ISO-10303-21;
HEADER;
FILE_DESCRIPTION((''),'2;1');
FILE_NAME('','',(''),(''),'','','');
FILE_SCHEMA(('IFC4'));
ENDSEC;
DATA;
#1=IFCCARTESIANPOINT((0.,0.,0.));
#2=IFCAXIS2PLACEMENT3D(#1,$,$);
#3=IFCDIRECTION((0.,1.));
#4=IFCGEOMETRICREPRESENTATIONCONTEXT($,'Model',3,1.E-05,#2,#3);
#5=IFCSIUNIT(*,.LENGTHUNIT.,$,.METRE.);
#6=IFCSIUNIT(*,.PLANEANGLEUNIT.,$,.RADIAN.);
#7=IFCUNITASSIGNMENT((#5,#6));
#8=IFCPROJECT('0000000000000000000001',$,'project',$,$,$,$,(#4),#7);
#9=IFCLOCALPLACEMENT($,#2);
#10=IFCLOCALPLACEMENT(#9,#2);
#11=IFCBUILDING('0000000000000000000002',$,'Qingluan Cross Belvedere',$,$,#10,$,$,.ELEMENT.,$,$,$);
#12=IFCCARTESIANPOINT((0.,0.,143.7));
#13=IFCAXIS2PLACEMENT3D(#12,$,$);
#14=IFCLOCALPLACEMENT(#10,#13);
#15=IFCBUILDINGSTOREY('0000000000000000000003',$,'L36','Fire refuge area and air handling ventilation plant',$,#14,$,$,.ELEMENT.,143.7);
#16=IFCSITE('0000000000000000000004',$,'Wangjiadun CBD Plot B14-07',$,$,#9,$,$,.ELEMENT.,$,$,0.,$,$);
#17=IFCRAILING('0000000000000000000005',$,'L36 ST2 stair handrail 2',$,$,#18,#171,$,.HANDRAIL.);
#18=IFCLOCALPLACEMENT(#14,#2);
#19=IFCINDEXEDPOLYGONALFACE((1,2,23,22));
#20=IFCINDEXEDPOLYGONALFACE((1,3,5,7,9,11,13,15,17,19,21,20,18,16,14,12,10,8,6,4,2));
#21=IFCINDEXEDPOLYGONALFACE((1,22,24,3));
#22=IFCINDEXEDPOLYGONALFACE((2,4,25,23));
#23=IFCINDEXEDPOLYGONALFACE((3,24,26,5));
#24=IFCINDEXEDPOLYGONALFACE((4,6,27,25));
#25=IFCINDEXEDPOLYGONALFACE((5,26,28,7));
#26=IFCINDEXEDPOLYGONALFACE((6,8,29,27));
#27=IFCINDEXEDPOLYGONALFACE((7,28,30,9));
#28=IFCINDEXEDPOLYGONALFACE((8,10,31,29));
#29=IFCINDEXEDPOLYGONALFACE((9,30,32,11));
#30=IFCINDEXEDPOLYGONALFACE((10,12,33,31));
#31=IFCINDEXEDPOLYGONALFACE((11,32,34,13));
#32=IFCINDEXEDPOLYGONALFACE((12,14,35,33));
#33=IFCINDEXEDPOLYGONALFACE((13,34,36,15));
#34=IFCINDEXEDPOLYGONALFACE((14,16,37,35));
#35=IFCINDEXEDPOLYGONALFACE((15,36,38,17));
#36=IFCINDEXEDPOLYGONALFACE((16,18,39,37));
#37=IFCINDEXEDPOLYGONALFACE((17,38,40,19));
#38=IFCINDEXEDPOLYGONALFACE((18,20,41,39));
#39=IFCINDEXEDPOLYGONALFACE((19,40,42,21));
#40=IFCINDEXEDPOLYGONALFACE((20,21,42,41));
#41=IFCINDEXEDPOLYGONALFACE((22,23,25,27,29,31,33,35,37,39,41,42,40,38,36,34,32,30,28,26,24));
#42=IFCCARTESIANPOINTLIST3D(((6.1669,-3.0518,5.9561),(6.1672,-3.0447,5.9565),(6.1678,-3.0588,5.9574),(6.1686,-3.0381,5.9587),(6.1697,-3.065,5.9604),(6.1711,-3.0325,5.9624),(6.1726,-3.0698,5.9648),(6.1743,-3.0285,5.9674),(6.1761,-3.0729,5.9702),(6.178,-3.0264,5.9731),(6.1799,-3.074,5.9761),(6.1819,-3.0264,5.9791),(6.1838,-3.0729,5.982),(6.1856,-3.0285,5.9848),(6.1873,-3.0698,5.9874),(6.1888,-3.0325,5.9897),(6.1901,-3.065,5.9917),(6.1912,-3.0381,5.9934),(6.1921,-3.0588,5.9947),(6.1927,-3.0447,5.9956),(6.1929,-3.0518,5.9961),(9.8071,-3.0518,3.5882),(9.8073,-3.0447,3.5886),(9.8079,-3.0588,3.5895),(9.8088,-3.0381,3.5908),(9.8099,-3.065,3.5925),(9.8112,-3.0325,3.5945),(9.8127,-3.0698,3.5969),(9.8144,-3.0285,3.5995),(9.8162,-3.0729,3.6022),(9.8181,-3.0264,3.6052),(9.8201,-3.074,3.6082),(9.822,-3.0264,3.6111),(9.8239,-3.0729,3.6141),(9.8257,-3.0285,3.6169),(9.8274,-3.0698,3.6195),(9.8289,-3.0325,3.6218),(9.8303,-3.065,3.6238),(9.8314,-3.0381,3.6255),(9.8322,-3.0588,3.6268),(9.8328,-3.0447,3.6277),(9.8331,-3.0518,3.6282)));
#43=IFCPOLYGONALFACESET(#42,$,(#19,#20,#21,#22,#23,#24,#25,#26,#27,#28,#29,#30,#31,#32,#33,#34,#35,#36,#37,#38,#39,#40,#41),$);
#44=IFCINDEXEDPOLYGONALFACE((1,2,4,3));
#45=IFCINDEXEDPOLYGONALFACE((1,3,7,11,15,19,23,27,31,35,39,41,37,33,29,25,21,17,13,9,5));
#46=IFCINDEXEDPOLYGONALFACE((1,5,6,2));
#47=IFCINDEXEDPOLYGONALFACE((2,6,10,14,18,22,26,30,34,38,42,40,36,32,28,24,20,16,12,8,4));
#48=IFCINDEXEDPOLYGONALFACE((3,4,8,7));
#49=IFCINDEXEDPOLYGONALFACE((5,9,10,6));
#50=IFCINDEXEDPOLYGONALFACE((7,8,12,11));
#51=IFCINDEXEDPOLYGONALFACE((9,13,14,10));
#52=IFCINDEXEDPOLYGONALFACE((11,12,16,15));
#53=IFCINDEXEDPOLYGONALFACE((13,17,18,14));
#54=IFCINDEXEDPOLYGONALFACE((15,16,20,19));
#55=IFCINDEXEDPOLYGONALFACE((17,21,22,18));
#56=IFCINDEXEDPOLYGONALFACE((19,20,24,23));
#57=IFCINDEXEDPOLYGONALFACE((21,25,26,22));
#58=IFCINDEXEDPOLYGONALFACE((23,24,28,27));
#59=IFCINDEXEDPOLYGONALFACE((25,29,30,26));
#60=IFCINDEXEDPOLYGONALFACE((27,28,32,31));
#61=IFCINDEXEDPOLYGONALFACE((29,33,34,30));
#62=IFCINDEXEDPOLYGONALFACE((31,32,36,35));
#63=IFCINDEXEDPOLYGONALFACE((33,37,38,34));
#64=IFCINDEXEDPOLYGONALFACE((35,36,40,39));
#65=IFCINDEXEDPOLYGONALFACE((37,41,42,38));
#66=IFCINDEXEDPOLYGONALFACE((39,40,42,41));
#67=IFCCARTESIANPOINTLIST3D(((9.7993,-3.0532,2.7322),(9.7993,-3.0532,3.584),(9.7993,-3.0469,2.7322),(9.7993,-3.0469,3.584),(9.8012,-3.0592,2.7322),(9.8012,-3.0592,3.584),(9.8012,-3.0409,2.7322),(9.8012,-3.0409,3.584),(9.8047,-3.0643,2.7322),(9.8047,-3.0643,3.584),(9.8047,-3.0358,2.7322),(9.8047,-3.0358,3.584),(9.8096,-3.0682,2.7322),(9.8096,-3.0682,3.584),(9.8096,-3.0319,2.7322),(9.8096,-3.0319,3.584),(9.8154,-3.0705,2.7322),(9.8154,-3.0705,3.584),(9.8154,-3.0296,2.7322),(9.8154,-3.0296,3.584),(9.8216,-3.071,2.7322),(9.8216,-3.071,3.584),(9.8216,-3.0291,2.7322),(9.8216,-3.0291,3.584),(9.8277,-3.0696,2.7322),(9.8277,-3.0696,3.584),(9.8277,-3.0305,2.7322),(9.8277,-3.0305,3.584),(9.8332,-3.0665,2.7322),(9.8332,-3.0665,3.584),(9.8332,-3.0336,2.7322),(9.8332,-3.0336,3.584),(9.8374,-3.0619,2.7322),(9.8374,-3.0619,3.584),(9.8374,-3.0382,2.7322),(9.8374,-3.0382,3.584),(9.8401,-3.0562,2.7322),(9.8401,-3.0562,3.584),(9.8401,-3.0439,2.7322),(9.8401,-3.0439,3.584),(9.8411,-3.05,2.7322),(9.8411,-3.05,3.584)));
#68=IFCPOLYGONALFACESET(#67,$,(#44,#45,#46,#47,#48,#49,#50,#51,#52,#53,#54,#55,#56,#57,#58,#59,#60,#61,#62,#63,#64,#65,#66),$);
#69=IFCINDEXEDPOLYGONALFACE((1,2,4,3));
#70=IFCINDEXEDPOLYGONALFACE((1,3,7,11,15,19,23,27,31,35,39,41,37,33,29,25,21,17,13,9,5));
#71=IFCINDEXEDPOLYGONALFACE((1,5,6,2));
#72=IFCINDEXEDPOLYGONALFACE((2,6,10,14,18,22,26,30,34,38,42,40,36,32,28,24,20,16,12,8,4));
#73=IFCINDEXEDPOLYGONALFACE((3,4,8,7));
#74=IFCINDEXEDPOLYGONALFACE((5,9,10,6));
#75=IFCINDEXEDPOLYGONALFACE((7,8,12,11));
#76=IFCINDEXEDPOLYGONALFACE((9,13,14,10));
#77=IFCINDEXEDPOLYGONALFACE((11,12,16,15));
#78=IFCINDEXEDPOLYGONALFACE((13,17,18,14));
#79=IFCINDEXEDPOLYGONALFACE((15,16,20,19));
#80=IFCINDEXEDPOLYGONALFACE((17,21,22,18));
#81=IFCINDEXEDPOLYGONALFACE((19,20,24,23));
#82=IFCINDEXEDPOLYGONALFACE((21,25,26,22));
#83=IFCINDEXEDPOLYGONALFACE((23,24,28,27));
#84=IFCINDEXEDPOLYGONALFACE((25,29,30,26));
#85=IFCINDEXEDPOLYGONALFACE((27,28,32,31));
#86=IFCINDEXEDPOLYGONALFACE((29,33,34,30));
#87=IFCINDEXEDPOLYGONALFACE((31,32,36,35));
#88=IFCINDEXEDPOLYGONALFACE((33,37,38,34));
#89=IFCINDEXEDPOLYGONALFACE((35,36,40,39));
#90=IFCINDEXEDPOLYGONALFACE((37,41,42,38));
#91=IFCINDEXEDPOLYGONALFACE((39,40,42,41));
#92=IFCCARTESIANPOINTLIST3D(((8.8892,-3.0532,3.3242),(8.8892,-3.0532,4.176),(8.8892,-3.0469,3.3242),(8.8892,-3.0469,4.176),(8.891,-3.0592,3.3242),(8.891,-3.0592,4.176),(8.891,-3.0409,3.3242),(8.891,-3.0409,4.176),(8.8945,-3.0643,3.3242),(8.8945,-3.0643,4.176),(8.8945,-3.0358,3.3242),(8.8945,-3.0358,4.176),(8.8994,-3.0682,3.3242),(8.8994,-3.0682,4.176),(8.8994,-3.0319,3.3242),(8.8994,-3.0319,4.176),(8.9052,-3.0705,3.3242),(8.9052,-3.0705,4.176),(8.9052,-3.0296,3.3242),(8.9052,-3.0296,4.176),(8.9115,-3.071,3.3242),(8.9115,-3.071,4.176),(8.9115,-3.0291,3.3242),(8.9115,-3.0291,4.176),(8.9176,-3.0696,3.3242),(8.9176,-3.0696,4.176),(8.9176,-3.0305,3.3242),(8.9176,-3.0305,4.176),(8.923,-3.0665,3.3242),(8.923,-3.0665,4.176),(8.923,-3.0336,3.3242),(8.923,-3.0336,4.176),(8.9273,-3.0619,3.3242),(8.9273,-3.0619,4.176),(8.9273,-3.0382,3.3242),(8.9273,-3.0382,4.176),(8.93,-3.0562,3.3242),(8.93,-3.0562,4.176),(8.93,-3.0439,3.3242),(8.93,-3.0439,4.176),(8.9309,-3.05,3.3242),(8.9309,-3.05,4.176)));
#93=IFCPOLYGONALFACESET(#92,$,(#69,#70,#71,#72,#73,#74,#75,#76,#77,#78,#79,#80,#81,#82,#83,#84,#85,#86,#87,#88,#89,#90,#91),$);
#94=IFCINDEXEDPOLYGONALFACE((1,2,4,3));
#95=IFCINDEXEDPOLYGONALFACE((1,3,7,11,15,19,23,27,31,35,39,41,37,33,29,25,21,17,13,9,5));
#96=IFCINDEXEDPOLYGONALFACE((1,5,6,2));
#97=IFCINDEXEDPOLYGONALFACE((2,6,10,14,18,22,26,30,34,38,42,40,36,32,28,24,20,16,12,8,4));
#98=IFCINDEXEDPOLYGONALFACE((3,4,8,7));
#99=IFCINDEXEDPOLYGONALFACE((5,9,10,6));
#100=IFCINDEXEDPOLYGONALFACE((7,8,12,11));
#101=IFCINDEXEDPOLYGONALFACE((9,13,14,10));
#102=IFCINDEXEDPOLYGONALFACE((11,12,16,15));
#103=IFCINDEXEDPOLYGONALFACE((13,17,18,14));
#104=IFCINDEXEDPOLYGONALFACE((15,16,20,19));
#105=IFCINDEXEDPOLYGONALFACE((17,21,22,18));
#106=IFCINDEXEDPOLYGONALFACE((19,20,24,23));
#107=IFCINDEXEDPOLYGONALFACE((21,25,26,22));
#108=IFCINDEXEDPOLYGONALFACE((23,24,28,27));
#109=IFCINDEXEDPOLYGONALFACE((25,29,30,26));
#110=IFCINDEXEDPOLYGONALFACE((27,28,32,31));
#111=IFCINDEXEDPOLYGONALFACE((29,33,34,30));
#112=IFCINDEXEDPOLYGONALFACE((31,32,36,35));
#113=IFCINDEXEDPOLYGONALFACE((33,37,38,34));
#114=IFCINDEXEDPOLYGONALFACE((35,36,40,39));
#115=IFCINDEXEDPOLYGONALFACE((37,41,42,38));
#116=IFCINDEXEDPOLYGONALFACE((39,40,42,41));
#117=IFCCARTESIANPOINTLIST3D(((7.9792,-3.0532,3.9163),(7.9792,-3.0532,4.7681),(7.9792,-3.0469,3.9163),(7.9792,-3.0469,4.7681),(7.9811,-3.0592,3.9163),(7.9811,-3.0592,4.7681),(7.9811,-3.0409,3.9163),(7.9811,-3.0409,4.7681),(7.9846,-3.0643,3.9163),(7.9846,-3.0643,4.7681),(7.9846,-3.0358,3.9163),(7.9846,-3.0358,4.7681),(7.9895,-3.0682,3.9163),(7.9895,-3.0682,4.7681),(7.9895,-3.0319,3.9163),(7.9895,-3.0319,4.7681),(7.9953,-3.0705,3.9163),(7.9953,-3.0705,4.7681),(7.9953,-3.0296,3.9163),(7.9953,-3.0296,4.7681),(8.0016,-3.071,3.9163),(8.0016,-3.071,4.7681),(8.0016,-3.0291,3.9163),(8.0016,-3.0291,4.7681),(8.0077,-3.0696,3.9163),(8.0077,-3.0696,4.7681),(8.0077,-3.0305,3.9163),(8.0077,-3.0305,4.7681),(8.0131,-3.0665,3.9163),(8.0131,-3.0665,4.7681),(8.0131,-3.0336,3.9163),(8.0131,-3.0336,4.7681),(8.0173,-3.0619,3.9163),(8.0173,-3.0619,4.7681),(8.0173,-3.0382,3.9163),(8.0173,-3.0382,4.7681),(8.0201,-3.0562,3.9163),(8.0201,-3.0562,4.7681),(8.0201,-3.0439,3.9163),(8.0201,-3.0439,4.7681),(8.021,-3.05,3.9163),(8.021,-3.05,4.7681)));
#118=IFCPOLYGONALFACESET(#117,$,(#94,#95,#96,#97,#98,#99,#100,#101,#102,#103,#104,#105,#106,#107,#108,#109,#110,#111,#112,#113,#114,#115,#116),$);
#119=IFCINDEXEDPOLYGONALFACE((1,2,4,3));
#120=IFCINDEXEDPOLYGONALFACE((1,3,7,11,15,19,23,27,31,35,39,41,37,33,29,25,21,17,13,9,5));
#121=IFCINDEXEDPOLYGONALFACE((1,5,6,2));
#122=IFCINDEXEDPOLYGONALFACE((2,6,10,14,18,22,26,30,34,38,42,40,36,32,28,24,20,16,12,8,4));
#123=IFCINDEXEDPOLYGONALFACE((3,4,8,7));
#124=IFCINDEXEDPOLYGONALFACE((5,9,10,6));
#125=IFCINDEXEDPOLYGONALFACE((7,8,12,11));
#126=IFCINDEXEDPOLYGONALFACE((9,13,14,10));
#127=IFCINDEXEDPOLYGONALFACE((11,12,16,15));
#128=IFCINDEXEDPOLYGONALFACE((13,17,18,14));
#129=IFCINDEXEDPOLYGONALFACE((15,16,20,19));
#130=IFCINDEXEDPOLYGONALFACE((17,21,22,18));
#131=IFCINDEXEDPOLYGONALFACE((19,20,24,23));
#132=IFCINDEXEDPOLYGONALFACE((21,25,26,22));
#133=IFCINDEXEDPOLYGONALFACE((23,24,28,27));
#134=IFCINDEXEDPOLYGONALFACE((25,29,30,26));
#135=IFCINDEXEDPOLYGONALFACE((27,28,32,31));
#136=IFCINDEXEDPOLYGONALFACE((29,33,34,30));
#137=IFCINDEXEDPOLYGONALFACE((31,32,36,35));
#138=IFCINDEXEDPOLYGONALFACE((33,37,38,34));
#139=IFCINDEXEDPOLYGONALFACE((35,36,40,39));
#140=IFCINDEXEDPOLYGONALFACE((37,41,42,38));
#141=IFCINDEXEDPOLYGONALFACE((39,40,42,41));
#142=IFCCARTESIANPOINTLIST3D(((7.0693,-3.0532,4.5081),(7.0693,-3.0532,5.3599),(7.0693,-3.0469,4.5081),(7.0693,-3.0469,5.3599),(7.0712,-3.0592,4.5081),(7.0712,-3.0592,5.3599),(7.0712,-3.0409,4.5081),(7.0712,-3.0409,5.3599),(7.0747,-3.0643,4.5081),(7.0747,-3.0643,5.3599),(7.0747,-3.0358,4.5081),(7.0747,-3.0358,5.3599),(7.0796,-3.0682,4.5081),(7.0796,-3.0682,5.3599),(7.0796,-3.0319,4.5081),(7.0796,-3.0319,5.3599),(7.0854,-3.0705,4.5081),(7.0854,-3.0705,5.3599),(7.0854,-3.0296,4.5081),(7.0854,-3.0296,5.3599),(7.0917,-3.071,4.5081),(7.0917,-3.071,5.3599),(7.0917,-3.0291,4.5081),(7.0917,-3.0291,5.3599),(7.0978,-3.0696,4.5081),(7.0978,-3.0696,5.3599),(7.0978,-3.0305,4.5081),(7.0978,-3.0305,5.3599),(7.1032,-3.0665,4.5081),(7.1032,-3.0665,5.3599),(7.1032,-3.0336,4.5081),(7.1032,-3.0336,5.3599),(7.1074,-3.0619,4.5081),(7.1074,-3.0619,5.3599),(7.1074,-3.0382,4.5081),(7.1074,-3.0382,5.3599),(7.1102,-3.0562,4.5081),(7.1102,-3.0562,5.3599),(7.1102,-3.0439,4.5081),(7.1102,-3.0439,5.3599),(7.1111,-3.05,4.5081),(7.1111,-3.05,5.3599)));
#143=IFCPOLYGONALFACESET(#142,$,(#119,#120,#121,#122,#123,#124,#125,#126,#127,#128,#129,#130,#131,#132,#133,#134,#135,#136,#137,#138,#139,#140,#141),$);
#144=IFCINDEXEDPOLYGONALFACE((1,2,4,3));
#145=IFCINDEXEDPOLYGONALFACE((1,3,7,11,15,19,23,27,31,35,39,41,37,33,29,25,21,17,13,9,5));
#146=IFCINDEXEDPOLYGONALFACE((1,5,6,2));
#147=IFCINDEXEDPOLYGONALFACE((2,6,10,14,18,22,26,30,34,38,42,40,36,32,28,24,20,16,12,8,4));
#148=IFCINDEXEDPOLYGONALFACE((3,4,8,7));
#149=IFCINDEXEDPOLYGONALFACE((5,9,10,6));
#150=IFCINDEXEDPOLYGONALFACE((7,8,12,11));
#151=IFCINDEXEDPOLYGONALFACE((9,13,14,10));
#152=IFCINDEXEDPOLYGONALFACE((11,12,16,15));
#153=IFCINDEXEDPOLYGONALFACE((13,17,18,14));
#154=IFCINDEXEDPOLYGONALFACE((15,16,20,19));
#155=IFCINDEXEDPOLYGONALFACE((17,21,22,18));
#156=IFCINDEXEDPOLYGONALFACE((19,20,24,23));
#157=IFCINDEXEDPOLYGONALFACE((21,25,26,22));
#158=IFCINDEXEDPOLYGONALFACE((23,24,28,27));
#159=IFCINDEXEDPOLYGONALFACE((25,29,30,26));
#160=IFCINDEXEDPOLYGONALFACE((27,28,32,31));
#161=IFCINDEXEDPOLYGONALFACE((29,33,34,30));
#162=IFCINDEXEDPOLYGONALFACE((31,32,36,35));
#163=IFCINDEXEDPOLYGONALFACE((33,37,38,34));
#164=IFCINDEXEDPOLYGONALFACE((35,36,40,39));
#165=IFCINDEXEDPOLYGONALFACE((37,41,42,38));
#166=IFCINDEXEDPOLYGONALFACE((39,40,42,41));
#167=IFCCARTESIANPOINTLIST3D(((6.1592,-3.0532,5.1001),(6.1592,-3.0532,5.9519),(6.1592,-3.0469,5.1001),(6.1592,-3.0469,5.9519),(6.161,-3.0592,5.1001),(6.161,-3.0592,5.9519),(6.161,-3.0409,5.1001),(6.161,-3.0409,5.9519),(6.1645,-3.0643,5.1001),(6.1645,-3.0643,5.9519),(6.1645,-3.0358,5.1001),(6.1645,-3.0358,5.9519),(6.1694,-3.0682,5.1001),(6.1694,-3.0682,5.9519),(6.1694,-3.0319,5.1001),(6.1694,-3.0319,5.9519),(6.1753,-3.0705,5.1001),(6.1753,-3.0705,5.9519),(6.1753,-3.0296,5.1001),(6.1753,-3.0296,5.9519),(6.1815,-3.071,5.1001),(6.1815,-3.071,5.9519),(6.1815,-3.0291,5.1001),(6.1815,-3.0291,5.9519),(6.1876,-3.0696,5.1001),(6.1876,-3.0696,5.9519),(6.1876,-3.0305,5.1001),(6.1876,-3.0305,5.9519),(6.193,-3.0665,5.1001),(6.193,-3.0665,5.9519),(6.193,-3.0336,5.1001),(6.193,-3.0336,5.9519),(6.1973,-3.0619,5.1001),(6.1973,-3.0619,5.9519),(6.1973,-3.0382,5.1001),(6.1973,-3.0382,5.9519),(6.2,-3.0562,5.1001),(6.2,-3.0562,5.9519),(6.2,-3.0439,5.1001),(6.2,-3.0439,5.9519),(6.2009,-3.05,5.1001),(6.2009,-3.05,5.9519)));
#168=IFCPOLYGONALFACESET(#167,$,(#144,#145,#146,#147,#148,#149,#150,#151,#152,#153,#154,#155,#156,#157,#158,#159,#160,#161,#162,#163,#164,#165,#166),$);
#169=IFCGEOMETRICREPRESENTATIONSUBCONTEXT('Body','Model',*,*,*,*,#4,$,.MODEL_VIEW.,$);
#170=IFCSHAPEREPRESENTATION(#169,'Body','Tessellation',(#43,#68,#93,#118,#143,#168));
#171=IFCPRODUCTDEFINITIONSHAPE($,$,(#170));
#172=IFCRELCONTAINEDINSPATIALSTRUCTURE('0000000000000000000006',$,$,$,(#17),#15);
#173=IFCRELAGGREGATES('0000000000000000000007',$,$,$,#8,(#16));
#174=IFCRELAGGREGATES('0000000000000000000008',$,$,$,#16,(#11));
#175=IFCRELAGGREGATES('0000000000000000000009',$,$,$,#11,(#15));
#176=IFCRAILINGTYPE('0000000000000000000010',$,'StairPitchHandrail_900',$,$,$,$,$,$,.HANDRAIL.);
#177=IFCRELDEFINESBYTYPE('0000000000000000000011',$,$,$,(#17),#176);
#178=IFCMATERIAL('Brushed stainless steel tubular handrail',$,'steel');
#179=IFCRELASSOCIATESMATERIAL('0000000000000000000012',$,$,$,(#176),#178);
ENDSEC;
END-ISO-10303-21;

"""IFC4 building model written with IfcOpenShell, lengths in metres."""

from ifc_helpers import new_model, si_unit, direction, frame, origin, origin_2d, place, context, subcontext, project, spatial, circle, extrude, material, type_object, element, save


model = new_model("IFC4")

# Units and contexts
model_context = context("Model", 3, precision=1e-05, world=origin(), true_north=direction((0.0, 1.0)))
body_context = subcontext(model_context, "Body", "Model", "MODEL_VIEW")
ifc_project = project(units=[si_unit("LENGTHUNIT", "METRE"), si_unit("PLANEANGLEUNIT", "RADIAN")], contexts=[model_context])

# Site, building, storey
site_placement = place(None, origin())
site = spatial("IfcSite", under=ifc_project, at=site_placement, Name="Wangjiadun CBD Plot B14-07", CompositionType="ELEMENT", RefElevation=0.0)
building_placement = place(site_placement, origin())
building = spatial("IfcBuilding", under=site, at=building_placement, Name="Qingluan Cross Belvedere", CompositionType="ELEMENT")
storey_placement = place(building_placement, frame((0.0, 0.0, 143.7)))
storey = spatial("IfcBuildingStorey", under=building, at=storey_placement, Name="L36", Description="Fire refuge area and air handling ventilation plant", CompositionType="ELEMENT", Elevation=143.7)

# Railing
ifc_material_1 = material(Name="Brushed stainless steel tubular handrail", Category="steel")
railing_type_1 = type_object("IfcRailingType", Name="StairPitchHandrail_900", PredefinedType="HANDRAIL", material=ifc_material_1)
railing_1_placement = place(storey_placement, frame((9.8201, -3.05, 2.7322)))
element("IfcRailing", 1, at=railing_1_placement, inside=storey, type_object=railing_type_1, Name="L36 ST2 stair handrail 2", PredefinedType="HANDRAIL", context=body_context, shape_type="SweptSolid", body=[
    extrude(circle(Radius=0.0239, at=origin_2d()), frame((0.0, 0.0, 0.876), z_axis=(-0.838251, 0.0, 0.545285), x_axis=(0.0, -1.0, 0.0)), (0.0, 0.0, 1.0), 4.3425),
    extrude(circle(Radius=0.021, at=origin_2d()), origin(), (0.0, 0.0, 1.0), 0.8518),
    extrude(circle(Radius=0.021, at=origin_2d()), frame((-0.9102, 0.0, 0.592)), (0.0, 0.0, 1.0), 0.8518),
    extrude(circle(Radius=0.021, at=origin_2d()), frame((-1.8201, 0.0, 1.1841)), (0.0, 0.0, 1.0), 0.8518),
    extrude(circle(Radius=0.021, at=origin_2d()), frame((-2.73, 0.0, 1.7759)), (0.0, 0.0, 1.0), 0.8518),
    extrude(circle(Radius=0.021, at=origin_2d()), frame((-3.6401, 0.0, 2.3679)), (0.0, 0.0, 1.0), 0.8518),
])

save(model, "model.ifc")
